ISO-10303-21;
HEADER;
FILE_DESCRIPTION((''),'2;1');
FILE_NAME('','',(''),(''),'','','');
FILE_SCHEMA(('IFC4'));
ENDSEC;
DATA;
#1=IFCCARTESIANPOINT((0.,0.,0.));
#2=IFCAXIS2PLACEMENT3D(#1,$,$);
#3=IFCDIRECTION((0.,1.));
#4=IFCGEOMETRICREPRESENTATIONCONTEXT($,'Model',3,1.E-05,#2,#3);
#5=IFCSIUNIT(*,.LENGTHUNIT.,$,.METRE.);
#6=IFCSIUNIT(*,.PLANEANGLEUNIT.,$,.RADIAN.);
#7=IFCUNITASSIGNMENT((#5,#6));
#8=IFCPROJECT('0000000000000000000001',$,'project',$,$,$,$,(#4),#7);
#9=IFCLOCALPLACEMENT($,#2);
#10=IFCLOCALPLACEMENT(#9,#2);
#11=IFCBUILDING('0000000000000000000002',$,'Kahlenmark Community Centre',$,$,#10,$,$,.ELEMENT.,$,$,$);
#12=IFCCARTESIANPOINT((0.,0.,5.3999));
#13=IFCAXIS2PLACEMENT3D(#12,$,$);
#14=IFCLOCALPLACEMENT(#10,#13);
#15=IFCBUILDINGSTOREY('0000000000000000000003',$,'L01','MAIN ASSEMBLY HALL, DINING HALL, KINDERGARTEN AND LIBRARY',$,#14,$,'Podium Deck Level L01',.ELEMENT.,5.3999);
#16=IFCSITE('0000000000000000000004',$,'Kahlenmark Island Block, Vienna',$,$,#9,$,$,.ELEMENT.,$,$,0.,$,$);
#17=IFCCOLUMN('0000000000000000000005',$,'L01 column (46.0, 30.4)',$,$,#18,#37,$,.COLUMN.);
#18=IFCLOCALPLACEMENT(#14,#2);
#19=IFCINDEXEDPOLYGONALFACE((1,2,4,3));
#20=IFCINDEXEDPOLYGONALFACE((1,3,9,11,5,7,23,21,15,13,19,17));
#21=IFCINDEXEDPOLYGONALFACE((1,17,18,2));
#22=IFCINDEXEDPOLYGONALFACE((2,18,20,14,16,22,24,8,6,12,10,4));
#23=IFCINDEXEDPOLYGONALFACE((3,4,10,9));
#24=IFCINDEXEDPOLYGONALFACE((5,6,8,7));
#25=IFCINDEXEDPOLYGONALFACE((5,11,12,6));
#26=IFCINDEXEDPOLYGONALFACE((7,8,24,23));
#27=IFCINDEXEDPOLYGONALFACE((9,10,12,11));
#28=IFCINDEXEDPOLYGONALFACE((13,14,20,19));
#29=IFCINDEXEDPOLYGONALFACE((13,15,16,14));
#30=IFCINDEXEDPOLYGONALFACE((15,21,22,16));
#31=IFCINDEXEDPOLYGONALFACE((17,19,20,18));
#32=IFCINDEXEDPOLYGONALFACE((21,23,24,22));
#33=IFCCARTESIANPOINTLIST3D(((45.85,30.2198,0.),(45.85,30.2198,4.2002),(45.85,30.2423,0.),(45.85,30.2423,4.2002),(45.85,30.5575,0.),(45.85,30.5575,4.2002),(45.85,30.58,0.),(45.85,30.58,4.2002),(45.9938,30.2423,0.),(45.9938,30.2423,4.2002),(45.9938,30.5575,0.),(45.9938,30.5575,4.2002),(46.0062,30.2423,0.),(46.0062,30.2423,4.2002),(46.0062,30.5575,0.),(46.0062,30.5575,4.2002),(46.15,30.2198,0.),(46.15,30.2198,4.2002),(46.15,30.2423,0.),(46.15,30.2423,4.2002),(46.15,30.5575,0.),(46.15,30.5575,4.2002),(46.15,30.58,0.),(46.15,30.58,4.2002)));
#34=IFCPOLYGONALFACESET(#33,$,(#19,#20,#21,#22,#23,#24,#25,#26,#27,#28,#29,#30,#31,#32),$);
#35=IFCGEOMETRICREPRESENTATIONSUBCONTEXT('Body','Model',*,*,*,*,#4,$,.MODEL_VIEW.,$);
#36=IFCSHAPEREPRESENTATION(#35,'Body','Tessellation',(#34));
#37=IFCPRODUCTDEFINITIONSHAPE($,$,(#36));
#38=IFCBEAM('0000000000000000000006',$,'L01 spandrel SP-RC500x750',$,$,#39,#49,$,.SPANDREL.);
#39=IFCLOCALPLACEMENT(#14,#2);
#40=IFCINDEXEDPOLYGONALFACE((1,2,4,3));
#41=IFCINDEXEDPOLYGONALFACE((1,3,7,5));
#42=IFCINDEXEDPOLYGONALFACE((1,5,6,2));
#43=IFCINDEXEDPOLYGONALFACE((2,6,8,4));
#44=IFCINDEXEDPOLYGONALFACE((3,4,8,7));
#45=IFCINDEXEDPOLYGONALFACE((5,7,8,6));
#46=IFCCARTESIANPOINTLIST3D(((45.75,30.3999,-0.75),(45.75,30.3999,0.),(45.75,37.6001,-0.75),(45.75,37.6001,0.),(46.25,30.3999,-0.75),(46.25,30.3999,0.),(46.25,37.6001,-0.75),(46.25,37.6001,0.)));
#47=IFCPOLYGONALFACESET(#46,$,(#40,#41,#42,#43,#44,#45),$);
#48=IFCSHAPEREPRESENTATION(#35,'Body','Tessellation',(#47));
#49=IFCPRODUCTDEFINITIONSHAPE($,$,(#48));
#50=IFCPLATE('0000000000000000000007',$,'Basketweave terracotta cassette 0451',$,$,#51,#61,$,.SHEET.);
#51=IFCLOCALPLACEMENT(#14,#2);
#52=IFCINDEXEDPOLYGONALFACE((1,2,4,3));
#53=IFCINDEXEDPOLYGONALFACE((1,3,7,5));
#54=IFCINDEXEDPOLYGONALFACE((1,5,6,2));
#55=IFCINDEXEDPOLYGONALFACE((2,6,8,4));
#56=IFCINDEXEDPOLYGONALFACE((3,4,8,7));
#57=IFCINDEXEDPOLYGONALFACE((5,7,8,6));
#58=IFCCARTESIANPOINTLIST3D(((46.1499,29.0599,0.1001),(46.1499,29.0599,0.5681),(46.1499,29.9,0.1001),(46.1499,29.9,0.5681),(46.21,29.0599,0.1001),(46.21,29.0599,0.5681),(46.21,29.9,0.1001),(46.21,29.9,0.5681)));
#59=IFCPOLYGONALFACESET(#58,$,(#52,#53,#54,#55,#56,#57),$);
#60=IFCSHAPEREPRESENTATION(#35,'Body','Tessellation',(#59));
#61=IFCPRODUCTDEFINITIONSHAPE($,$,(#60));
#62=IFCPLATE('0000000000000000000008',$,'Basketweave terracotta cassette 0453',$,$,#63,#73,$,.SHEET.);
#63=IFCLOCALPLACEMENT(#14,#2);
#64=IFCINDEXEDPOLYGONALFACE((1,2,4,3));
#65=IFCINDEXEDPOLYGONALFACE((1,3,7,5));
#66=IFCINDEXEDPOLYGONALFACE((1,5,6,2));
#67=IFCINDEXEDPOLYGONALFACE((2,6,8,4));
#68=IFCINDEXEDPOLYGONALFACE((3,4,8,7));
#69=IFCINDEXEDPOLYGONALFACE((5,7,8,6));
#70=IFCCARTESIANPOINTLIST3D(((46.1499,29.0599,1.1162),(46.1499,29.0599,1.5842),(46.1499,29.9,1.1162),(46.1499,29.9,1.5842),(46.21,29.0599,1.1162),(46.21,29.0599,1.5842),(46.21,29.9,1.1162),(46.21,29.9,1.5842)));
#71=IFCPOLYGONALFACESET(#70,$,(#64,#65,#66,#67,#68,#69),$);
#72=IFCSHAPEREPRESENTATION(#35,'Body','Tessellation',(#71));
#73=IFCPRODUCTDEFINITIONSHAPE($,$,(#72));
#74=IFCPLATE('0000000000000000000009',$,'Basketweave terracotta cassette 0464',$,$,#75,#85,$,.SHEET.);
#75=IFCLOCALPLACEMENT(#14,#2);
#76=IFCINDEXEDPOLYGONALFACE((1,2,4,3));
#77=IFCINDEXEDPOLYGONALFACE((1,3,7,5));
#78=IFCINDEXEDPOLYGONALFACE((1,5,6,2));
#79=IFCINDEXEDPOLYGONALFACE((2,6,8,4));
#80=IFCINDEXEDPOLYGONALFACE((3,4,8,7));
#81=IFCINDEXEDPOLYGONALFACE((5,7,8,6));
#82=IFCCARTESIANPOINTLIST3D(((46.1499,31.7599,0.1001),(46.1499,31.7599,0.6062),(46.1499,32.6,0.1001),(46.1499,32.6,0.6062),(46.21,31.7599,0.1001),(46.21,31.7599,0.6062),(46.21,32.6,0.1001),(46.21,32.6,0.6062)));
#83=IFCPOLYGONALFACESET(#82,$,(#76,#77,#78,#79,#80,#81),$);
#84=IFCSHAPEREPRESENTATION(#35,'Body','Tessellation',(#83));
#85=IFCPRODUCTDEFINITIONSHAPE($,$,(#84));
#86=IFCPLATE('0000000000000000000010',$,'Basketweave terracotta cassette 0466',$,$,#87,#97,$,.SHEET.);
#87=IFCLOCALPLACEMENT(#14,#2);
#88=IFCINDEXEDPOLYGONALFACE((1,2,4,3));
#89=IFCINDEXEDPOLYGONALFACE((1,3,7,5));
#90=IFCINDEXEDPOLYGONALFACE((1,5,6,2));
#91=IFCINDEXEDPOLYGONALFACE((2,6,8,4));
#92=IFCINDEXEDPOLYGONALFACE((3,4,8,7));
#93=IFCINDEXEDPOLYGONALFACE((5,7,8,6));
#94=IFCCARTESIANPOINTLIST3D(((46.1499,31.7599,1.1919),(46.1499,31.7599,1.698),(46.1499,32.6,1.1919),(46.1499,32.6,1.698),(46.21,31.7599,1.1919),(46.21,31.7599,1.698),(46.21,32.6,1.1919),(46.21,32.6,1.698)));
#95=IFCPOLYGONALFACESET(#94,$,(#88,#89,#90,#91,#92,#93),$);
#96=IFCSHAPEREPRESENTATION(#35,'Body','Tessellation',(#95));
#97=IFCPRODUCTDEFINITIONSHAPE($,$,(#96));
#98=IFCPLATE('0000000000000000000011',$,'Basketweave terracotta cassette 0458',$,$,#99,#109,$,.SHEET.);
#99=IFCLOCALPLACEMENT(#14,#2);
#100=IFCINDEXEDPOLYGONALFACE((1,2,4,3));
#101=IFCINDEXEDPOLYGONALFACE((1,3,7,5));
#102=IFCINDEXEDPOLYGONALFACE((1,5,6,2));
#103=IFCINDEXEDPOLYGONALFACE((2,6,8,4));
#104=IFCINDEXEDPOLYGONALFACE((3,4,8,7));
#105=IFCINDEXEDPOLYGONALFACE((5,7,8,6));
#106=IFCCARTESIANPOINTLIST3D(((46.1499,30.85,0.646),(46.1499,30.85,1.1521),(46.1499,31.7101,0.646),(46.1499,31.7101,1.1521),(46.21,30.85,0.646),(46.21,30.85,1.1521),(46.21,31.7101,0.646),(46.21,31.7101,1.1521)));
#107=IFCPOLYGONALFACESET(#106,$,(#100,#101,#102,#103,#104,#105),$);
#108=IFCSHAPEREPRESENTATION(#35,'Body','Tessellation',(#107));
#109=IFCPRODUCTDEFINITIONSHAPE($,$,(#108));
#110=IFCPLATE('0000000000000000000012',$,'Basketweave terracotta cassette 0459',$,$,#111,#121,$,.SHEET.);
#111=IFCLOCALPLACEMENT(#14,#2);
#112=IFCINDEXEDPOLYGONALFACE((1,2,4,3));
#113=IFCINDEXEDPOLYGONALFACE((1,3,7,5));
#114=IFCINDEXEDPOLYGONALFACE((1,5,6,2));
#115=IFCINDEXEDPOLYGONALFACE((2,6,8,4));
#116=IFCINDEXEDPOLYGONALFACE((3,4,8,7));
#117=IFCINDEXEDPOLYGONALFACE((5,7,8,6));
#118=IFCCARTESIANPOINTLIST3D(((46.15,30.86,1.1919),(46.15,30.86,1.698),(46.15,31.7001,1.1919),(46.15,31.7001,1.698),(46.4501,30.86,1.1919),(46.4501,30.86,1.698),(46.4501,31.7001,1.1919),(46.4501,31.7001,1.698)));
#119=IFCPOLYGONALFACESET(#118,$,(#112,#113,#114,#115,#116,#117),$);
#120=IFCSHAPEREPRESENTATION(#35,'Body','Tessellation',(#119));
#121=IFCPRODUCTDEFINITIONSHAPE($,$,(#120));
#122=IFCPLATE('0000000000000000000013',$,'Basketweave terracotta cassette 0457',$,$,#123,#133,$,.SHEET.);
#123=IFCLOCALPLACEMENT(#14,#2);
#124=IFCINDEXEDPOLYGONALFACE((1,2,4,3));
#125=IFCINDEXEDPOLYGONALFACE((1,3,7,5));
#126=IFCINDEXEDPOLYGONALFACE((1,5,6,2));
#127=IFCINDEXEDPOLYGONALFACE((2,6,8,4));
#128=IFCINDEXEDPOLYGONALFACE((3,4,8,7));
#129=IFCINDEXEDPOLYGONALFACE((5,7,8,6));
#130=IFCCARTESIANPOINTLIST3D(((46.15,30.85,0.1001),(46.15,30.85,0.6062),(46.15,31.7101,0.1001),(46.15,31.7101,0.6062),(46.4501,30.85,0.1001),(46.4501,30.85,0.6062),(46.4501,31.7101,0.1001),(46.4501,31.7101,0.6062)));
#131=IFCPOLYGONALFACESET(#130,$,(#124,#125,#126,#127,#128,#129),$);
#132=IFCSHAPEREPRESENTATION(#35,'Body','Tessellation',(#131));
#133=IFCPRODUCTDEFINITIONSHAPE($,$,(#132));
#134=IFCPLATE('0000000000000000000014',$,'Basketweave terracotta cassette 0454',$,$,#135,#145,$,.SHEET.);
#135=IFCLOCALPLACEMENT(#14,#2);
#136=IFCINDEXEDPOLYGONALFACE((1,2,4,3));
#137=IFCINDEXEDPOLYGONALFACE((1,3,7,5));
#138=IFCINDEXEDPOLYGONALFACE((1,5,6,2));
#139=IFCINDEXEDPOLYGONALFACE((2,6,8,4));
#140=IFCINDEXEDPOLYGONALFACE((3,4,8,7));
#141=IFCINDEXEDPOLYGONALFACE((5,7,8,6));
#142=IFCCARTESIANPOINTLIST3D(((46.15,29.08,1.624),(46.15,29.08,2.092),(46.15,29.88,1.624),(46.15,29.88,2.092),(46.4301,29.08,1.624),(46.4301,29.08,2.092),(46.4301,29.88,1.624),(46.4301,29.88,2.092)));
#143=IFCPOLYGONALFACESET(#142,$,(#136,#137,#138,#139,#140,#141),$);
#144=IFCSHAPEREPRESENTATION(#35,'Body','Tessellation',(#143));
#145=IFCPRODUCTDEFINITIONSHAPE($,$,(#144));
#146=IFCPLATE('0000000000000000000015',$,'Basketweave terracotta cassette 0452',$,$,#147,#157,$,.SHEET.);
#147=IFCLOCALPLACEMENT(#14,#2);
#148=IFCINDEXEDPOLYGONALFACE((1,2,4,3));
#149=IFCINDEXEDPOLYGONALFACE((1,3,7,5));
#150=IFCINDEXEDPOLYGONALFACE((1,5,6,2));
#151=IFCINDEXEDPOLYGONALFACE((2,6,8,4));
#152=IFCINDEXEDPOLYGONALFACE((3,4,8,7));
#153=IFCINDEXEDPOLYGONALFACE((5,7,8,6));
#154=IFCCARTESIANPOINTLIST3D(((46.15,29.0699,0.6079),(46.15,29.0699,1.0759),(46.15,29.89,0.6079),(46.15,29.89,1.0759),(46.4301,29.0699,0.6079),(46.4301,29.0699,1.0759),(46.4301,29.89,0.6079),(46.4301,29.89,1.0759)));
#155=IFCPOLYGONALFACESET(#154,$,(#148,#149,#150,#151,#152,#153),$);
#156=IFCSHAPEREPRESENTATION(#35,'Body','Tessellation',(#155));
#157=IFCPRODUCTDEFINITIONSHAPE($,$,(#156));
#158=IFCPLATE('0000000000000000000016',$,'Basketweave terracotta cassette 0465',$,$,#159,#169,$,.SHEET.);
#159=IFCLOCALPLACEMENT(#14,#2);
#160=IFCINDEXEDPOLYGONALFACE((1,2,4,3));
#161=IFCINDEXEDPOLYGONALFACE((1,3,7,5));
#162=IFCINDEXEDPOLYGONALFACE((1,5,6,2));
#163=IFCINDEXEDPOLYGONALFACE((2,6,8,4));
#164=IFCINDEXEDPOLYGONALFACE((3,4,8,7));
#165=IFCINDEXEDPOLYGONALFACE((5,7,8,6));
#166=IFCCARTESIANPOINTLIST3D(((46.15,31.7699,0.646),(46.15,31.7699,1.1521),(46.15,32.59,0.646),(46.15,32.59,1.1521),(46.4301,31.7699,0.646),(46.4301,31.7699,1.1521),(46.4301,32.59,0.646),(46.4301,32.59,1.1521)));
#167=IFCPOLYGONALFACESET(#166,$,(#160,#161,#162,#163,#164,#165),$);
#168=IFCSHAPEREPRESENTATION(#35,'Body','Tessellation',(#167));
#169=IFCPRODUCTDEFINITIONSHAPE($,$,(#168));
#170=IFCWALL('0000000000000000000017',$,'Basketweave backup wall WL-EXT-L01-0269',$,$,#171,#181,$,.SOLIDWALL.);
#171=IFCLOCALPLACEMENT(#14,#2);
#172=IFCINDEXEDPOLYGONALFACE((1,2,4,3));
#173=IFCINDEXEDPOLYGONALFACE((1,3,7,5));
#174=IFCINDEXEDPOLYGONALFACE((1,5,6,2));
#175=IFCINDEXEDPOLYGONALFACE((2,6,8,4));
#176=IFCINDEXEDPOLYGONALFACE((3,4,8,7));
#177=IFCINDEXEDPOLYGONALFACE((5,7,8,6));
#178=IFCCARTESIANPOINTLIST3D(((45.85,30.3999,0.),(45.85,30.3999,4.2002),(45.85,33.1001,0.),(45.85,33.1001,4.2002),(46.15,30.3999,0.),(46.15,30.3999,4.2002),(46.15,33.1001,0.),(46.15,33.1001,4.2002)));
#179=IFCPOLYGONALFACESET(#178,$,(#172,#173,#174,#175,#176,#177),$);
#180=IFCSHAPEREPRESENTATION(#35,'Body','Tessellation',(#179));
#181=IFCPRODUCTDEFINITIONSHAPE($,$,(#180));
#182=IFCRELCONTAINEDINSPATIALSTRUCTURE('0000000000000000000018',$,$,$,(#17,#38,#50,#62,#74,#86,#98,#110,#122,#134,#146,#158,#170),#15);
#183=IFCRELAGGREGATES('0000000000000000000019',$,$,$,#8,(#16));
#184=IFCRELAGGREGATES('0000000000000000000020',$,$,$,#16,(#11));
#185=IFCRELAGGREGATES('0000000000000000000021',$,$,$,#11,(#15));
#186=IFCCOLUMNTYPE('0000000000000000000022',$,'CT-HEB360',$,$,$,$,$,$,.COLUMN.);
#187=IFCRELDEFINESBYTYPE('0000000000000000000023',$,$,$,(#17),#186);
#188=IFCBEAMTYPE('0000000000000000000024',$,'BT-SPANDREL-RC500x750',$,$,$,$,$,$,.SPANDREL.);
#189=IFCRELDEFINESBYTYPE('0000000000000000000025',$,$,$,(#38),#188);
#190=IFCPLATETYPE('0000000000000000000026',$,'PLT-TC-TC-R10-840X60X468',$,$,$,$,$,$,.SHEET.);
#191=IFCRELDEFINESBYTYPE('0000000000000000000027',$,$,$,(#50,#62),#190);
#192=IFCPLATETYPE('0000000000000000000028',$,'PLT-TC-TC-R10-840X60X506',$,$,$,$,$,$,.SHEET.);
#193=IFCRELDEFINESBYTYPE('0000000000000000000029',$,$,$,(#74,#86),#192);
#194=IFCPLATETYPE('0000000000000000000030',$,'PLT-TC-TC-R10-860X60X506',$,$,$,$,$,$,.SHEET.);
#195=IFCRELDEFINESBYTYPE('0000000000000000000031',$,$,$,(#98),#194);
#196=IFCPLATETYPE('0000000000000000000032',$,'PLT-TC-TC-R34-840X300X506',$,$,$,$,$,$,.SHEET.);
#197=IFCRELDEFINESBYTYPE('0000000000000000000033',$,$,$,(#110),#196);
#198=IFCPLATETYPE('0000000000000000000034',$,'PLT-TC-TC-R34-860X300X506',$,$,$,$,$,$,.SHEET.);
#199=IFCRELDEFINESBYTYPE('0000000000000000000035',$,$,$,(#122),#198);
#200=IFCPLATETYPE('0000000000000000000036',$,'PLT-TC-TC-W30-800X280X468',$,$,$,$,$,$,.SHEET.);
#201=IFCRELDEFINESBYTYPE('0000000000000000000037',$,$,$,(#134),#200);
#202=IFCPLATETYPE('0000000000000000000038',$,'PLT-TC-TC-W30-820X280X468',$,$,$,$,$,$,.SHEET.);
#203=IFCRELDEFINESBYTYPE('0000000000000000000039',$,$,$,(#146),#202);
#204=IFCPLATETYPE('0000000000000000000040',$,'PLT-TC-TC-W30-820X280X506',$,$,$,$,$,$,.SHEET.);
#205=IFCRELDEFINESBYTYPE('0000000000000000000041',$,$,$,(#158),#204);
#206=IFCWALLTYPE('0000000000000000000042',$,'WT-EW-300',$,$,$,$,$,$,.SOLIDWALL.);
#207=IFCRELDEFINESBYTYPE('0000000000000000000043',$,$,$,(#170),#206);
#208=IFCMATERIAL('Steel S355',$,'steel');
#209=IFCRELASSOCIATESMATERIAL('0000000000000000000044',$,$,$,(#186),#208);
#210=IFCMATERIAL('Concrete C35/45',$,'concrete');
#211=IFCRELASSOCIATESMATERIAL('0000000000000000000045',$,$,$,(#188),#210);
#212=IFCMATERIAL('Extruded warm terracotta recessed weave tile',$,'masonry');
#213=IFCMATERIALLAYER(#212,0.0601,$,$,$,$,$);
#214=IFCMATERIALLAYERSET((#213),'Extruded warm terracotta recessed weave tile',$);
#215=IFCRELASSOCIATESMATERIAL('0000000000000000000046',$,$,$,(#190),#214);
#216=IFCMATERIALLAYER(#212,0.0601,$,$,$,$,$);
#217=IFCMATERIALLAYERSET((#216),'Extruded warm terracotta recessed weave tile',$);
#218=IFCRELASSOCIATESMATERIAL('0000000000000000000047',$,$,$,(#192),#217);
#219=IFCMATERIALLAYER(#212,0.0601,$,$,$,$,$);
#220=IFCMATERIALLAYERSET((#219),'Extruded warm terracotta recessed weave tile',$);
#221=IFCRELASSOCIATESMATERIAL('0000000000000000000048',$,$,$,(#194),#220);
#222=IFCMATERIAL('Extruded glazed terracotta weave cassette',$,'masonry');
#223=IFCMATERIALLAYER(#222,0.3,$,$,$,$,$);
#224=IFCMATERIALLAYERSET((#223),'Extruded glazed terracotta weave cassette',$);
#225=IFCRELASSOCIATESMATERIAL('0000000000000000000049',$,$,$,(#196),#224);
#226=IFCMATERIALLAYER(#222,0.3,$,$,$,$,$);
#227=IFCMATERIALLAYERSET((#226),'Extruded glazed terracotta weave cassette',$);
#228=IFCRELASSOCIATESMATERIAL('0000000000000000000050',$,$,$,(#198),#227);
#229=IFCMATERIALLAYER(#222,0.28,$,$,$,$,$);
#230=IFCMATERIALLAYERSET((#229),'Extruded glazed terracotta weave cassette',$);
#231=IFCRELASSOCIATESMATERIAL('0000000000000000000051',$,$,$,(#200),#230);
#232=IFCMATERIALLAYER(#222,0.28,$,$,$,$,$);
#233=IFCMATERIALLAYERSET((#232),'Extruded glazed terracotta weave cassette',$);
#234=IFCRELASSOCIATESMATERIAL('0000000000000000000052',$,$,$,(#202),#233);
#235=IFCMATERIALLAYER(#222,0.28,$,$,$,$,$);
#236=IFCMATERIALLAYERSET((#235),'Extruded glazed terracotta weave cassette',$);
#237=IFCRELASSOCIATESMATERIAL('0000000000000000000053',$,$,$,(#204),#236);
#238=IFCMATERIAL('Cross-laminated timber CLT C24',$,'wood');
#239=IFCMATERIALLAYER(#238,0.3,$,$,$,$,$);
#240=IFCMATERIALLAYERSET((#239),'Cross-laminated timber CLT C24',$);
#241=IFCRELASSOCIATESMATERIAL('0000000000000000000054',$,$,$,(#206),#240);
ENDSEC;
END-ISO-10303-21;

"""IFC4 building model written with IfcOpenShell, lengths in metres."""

from ifc_helpers import new_model, si_unit, direction, frame, frame_2d, origin, origin_2d, place, context, subcontext, project, spatial, rectangle, i_section, extrude, material, layer, layer_set, material_profile, profile_set, type_object, element, save


model = new_model("IFC4")

# Units and contexts
model_context = context("Model", 3, precision=1e-05, world=origin(), true_north=direction((0.0, 1.0)))
body_context = subcontext(model_context, "Body", "Model", "MODEL_VIEW")
ifc_project = project(units=[si_unit("LENGTHUNIT", "METRE"), si_unit("PLANEANGLEUNIT", "RADIAN")], contexts=[model_context])

# Site, building, storey
site_placement = place(None, origin())
site = spatial("IfcSite", under=ifc_project, at=site_placement, Name="Kahlenmark Island Block, Vienna", CompositionType="ELEMENT", RefElevation=0.0)
building_placement = place(site_placement, origin())
building = spatial("IfcBuilding", under=site, at=building_placement, Name="Kahlenmark Community Centre", CompositionType="ELEMENT")
storey_placement = place(building_placement, frame((0.0, 0.0, 5.3999)))
storey = spatial("IfcBuildingStorey", under=building, at=storey_placement, Name="L01", Description="MAIN ASSEMBLY HALL, DINING HALL, KINDERGARTEN AND LIBRARY", LongName="Podium Deck Level L01", CompositionType="ELEMENT", Elevation=5.3999)

# Column
ifc_material_1 = material(Name="Steel S355", Category="steel")
ifc_material_profile_1 = material_profile(ifc_material_1, i_section(OverallWidth=0.3, OverallDepth=0.3601, WebThickness=0.0125, FlangeThickness=0.0225, at=origin_2d()), Name="HEB 360")
ifc_profile_set_1 = profile_set([ifc_material_profile_1], Name="Steel S355")
column_type = type_object("IfcColumnType", Name="CT-HEB360", PredefinedType="COLUMN", material=ifc_profile_set_1)
column_placement = place(storey_placement, frame((46.0, 30.3999, 0.0), z_axis=(0.0, 0.0, 1.0), x_axis=(1.0, 0.0, 0.0)))
element("IfcColumn", 1, at=column_placement, inside=storey, type_object=column_type, Name="L01 column (46.0, 30.4)", PredefinedType="COLUMN", context=body_context, shape_type="SweptSolid", body=[
    extrude(i_section(OverallWidth=0.3, OverallDepth=0.3601, WebThickness=0.0125, FlangeThickness=0.0225, at=origin_2d()), origin(), (0.0, 0.0, 1.0), 4.2002),
])

# Beam
ifc_material_2 = material(Name="Concrete C35/45", Category="concrete")
ifc_material_profile_2 = material_profile(ifc_material_2, rectangle(XDim=0.5, YDim=0.75, at=origin_2d()), Name="RC 500x750")
ifc_profile_set_2 = profile_set([ifc_material_profile_2], Name="Concrete C35/45")
beam_type = type_object("IfcBeamType", Name="BT-SPANDREL-RC500x750", PredefinedType="SPANDREL", material=ifc_profile_set_2)
beam_placement = place(storey_placement, frame((46.0, 30.3999, -0.375), z_axis=(0.0, 1.0, 0.0), x_axis=(-1.0, 0.0, 0.0)))
element("IfcBeam", 2, at=beam_placement, inside=storey, type_object=beam_type, Name="L01 spandrel SP-RC500x750", PredefinedType="SPANDREL", context=body_context, shape_type="SweptSolid", body=[
    extrude(rectangle(XDim=0.5, YDim=0.75, at=origin_2d()), origin(), (0.0, 0.0, 1.0), 7.2002),
])

# Plates
ifc_material_3 = material(Name="Extruded warm terracotta recessed weave tile", Category="masonry")
ifc_layer_1 = layer(ifc_material_3, 0.0601)
ifc_layer_set_1 = layer_set([ifc_layer_1], Name="Extruded warm terracotta recessed weave tile")
plate_type_1 = type_object("IfcPlateType", Name="PLT-TC-TC-R10-840X60X468", PredefinedType="SHEET", material=ifc_layer_set_1)
for number, where, z_axis, x_axis, name in (
    (3, (46.1799, 29.48, 0.1001), (0.0, 0.0, 1.0), (0.0, 1.0, 0.0), "Basketweave terracotta cassette 0451"),
    (4, (46.1799, 29.48, 1.1162), (0.0, 0.0, 1.0), (0.0, 1.0, 0.0), "Basketweave terracotta cassette 0453"),
):
    element("IfcPlate", number, at=place(storey_placement, frame(where, z_axis=z_axis, x_axis=x_axis)), inside=storey, type_object=plate_type_1, Name=name, PredefinedType="SHEET", context=body_context, shape_type="SweptSolid", body=[
        extrude(rectangle(XDim=0.8401, YDim=0.0601, at=origin_2d()), origin(), (0.0, 0.0, 1.0), 0.468),
    ])
ifc_layer_2 = layer(ifc_material_3, 0.0601)
ifc_layer_set_2 = layer_set([ifc_layer_2], Name="Extruded warm terracotta recessed weave tile")
plate_type_2 = type_object("IfcPlateType", Name="PLT-TC-TC-R10-840X60X506", PredefinedType="SHEET", material=ifc_layer_set_2)
for number, where, z_axis, x_axis, name in (
    (5, (46.1799, 32.1799, 0.1001), (0.0, 0.0, 1.0), (0.0, 1.0, 0.0), "Basketweave terracotta cassette 0464"),
    (6, (46.1799, 32.1799, 1.1919), (0.0, 0.0, 1.0), (0.0, 1.0, 0.0), "Basketweave terracotta cassette 0466"),
):
    element("IfcPlate", number, at=place(storey_placement, frame(where, z_axis=z_axis, x_axis=x_axis)), inside=storey, type_object=plate_type_2, Name=name, PredefinedType="SHEET", context=body_context, shape_type="SweptSolid", body=[
        extrude(rectangle(XDim=0.8401, YDim=0.0601, at=origin_2d()), origin(), (0.0, 0.0, 1.0), 0.5061),
    ])
ifc_layer_3 = layer(ifc_material_3, 0.0601)
ifc_layer_set_3 = layer_set([ifc_layer_3], Name="Extruded warm terracotta recessed weave tile")
plate_type_3 = type_object("IfcPlateType", Name="PLT-TC-TC-R10-860X60X506", PredefinedType="SHEET", material=ifc_layer_set_3)
plate_1_placement = place(storey_placement, frame((46.1799, 31.28, 0.646), z_axis=(0.0, 0.0, 1.0), x_axis=(0.0, 1.0, 0.0)))
element("IfcPlate", 7, at=plate_1_placement, inside=storey, type_object=plate_type_3, Name="Basketweave terracotta cassette 0458", PredefinedType="SHEET", context=body_context, shape_type="SweptSolid", body=[
    extrude(rectangle(XDim=0.8601, YDim=0.0601, at=origin_2d()), origin(), (0.0, 0.0, 1.0), 0.5061),
])
ifc_material_4 = material(Name="Extruded glazed terracotta weave cassette", Category="masonry")
ifc_layer_4 = layer(ifc_material_4, 0.3)
ifc_layer_set_4 = layer_set([ifc_layer_4], Name="Extruded glazed terracotta weave cassette")
plate_type_4 = type_object("IfcPlateType", Name="PLT-TC-TC-R34-840X300X506", PredefinedType="SHEET", material=ifc_layer_set_4)
plate_2_placement = place(storey_placement, frame((46.3, 31.28, 1.1919), z_axis=(0.0, 0.0, 1.0), x_axis=(0.0, 1.0, 0.0)))
element("IfcPlate", 8, at=plate_2_placement, inside=storey, type_object=plate_type_4, Name="Basketweave terracotta cassette 0459", PredefinedType="SHEET", context=body_context, shape_type="SweptSolid", body=[
    extrude(rectangle(XDim=0.8401, YDim=0.3, at=origin_2d()), origin(), (0.0, 0.0, 1.0), 0.5061),
])
ifc_layer_5 = layer(ifc_material_4, 0.3)
ifc_layer_set_5 = layer_set([ifc_layer_5], Name="Extruded glazed terracotta weave cassette")
plate_type_5 = type_object("IfcPlateType", Name="PLT-TC-TC-R34-860X300X506", PredefinedType="SHEET", material=ifc_layer_set_5)
plate_3_placement = place(storey_placement, frame((46.3, 31.28, 0.1001), z_axis=(0.0, 0.0, 1.0), x_axis=(0.0, 1.0, 0.0)))
element("IfcPlate", 9, at=plate_3_placement, inside=storey, type_object=plate_type_5, Name="Basketweave terracotta cassette 0457", PredefinedType="SHEET", context=body_context, shape_type="SweptSolid", body=[
    extrude(rectangle(XDim=0.8601, YDim=0.3, at=origin_2d()), origin(), (0.0, 0.0, 1.0), 0.5061),
])
ifc_layer_6 = layer(ifc_material_4, 0.28)
ifc_layer_set_6 = layer_set([ifc_layer_6], Name="Extruded glazed terracotta weave cassette")
plate_type_6 = type_object("IfcPlateType", Name="PLT-TC-TC-W30-800X280X468", PredefinedType="SHEET", material=ifc_layer_set_6)
plate_4_placement = place(storey_placement, frame((46.29, 29.48, 1.624), z_axis=(0.0, 0.0, 1.0), x_axis=(0.0, 1.0, 0.0)))
element("IfcPlate", 10, at=plate_4_placement, inside=storey, type_object=plate_type_6, Name="Basketweave terracotta cassette 0454", PredefinedType="SHEET", context=body_context, shape_type="SweptSolid", body=[
    extrude(rectangle(XDim=0.8, YDim=0.28, at=origin_2d()), origin(), (0.0, 0.0, 1.0), 0.468),
])
ifc_layer_7 = layer(ifc_material_4, 0.28)
ifc_layer_set_7 = layer_set([ifc_layer_7], Name="Extruded glazed terracotta weave cassette")
plate_type_7 = type_object("IfcPlateType", Name="PLT-TC-TC-W30-820X280X468", PredefinedType="SHEET", material=ifc_layer_set_7)
plate_5_placement = place(storey_placement, frame((46.29, 29.48, 0.6079), z_axis=(0.0, 0.0, 1.0), x_axis=(0.0, 1.0, 0.0)))
element("IfcPlate", 11, at=plate_5_placement, inside=storey, type_object=plate_type_7, Name="Basketweave terracotta cassette 0452", PredefinedType="SHEET", context=body_context, shape_type="SweptSolid", body=[
    extrude(rectangle(XDim=0.8201, YDim=0.28, at=origin_2d()), origin(), (0.0, 0.0, 1.0), 0.468),
])
ifc_layer_8 = layer(ifc_material_4, 0.28)
ifc_layer_set_8 = layer_set([ifc_layer_8], Name="Extruded glazed terracotta weave cassette")
plate_type_8 = type_object("IfcPlateType", Name="PLT-TC-TC-W30-820X280X506", PredefinedType="SHEET", material=ifc_layer_set_8)
plate_6_placement = place(storey_placement, frame((46.29, 32.1799, 0.646), z_axis=(0.0, 0.0, 1.0), x_axis=(0.0, 1.0, 0.0)))
element("IfcPlate", 12, at=plate_6_placement, inside=storey, type_object=plate_type_8, Name="Basketweave terracotta cassette 0465", PredefinedType="SHEET", context=body_context, shape_type="SweptSolid", body=[
    extrude(rectangle(XDim=0.8201, YDim=0.28, at=origin_2d()), origin(), (0.0, 0.0, 1.0), 0.5061),
])

# Wall
ifc_material_5 = material(Name="Cross-laminated timber CLT C24", Category="wood")
ifc_layer_9 = layer(ifc_material_5, 0.3)
ifc_layer_set_9 = layer_set([ifc_layer_9], Name="Cross-laminated timber CLT C24")
wall_type = type_object("IfcWallType", Name="WT-EW-300", PredefinedType="SOLIDWALL", material=ifc_layer_set_9)
wall_placement = place(storey_placement, frame((46.0, 30.3999, 0.0), z_axis=(0.0, 0.0, 1.0), x_axis=(0.0, 1.0, 0.0)))
element("IfcWall", 13, at=wall_placement, inside=storey, type_object=wall_type, Name="Basketweave backup wall WL-EXT-L01-0269", PredefinedType="SOLIDWALL", context=body_context, shape_type="SweptSolid", body=[
    extrude(rectangle(XDim=2.7002, YDim=0.3, at=frame_2d((1.3501, 0.0))), origin(), (0.0, 0.0, 1.0), 4.2002),
])

save(model, "model.ifc")
